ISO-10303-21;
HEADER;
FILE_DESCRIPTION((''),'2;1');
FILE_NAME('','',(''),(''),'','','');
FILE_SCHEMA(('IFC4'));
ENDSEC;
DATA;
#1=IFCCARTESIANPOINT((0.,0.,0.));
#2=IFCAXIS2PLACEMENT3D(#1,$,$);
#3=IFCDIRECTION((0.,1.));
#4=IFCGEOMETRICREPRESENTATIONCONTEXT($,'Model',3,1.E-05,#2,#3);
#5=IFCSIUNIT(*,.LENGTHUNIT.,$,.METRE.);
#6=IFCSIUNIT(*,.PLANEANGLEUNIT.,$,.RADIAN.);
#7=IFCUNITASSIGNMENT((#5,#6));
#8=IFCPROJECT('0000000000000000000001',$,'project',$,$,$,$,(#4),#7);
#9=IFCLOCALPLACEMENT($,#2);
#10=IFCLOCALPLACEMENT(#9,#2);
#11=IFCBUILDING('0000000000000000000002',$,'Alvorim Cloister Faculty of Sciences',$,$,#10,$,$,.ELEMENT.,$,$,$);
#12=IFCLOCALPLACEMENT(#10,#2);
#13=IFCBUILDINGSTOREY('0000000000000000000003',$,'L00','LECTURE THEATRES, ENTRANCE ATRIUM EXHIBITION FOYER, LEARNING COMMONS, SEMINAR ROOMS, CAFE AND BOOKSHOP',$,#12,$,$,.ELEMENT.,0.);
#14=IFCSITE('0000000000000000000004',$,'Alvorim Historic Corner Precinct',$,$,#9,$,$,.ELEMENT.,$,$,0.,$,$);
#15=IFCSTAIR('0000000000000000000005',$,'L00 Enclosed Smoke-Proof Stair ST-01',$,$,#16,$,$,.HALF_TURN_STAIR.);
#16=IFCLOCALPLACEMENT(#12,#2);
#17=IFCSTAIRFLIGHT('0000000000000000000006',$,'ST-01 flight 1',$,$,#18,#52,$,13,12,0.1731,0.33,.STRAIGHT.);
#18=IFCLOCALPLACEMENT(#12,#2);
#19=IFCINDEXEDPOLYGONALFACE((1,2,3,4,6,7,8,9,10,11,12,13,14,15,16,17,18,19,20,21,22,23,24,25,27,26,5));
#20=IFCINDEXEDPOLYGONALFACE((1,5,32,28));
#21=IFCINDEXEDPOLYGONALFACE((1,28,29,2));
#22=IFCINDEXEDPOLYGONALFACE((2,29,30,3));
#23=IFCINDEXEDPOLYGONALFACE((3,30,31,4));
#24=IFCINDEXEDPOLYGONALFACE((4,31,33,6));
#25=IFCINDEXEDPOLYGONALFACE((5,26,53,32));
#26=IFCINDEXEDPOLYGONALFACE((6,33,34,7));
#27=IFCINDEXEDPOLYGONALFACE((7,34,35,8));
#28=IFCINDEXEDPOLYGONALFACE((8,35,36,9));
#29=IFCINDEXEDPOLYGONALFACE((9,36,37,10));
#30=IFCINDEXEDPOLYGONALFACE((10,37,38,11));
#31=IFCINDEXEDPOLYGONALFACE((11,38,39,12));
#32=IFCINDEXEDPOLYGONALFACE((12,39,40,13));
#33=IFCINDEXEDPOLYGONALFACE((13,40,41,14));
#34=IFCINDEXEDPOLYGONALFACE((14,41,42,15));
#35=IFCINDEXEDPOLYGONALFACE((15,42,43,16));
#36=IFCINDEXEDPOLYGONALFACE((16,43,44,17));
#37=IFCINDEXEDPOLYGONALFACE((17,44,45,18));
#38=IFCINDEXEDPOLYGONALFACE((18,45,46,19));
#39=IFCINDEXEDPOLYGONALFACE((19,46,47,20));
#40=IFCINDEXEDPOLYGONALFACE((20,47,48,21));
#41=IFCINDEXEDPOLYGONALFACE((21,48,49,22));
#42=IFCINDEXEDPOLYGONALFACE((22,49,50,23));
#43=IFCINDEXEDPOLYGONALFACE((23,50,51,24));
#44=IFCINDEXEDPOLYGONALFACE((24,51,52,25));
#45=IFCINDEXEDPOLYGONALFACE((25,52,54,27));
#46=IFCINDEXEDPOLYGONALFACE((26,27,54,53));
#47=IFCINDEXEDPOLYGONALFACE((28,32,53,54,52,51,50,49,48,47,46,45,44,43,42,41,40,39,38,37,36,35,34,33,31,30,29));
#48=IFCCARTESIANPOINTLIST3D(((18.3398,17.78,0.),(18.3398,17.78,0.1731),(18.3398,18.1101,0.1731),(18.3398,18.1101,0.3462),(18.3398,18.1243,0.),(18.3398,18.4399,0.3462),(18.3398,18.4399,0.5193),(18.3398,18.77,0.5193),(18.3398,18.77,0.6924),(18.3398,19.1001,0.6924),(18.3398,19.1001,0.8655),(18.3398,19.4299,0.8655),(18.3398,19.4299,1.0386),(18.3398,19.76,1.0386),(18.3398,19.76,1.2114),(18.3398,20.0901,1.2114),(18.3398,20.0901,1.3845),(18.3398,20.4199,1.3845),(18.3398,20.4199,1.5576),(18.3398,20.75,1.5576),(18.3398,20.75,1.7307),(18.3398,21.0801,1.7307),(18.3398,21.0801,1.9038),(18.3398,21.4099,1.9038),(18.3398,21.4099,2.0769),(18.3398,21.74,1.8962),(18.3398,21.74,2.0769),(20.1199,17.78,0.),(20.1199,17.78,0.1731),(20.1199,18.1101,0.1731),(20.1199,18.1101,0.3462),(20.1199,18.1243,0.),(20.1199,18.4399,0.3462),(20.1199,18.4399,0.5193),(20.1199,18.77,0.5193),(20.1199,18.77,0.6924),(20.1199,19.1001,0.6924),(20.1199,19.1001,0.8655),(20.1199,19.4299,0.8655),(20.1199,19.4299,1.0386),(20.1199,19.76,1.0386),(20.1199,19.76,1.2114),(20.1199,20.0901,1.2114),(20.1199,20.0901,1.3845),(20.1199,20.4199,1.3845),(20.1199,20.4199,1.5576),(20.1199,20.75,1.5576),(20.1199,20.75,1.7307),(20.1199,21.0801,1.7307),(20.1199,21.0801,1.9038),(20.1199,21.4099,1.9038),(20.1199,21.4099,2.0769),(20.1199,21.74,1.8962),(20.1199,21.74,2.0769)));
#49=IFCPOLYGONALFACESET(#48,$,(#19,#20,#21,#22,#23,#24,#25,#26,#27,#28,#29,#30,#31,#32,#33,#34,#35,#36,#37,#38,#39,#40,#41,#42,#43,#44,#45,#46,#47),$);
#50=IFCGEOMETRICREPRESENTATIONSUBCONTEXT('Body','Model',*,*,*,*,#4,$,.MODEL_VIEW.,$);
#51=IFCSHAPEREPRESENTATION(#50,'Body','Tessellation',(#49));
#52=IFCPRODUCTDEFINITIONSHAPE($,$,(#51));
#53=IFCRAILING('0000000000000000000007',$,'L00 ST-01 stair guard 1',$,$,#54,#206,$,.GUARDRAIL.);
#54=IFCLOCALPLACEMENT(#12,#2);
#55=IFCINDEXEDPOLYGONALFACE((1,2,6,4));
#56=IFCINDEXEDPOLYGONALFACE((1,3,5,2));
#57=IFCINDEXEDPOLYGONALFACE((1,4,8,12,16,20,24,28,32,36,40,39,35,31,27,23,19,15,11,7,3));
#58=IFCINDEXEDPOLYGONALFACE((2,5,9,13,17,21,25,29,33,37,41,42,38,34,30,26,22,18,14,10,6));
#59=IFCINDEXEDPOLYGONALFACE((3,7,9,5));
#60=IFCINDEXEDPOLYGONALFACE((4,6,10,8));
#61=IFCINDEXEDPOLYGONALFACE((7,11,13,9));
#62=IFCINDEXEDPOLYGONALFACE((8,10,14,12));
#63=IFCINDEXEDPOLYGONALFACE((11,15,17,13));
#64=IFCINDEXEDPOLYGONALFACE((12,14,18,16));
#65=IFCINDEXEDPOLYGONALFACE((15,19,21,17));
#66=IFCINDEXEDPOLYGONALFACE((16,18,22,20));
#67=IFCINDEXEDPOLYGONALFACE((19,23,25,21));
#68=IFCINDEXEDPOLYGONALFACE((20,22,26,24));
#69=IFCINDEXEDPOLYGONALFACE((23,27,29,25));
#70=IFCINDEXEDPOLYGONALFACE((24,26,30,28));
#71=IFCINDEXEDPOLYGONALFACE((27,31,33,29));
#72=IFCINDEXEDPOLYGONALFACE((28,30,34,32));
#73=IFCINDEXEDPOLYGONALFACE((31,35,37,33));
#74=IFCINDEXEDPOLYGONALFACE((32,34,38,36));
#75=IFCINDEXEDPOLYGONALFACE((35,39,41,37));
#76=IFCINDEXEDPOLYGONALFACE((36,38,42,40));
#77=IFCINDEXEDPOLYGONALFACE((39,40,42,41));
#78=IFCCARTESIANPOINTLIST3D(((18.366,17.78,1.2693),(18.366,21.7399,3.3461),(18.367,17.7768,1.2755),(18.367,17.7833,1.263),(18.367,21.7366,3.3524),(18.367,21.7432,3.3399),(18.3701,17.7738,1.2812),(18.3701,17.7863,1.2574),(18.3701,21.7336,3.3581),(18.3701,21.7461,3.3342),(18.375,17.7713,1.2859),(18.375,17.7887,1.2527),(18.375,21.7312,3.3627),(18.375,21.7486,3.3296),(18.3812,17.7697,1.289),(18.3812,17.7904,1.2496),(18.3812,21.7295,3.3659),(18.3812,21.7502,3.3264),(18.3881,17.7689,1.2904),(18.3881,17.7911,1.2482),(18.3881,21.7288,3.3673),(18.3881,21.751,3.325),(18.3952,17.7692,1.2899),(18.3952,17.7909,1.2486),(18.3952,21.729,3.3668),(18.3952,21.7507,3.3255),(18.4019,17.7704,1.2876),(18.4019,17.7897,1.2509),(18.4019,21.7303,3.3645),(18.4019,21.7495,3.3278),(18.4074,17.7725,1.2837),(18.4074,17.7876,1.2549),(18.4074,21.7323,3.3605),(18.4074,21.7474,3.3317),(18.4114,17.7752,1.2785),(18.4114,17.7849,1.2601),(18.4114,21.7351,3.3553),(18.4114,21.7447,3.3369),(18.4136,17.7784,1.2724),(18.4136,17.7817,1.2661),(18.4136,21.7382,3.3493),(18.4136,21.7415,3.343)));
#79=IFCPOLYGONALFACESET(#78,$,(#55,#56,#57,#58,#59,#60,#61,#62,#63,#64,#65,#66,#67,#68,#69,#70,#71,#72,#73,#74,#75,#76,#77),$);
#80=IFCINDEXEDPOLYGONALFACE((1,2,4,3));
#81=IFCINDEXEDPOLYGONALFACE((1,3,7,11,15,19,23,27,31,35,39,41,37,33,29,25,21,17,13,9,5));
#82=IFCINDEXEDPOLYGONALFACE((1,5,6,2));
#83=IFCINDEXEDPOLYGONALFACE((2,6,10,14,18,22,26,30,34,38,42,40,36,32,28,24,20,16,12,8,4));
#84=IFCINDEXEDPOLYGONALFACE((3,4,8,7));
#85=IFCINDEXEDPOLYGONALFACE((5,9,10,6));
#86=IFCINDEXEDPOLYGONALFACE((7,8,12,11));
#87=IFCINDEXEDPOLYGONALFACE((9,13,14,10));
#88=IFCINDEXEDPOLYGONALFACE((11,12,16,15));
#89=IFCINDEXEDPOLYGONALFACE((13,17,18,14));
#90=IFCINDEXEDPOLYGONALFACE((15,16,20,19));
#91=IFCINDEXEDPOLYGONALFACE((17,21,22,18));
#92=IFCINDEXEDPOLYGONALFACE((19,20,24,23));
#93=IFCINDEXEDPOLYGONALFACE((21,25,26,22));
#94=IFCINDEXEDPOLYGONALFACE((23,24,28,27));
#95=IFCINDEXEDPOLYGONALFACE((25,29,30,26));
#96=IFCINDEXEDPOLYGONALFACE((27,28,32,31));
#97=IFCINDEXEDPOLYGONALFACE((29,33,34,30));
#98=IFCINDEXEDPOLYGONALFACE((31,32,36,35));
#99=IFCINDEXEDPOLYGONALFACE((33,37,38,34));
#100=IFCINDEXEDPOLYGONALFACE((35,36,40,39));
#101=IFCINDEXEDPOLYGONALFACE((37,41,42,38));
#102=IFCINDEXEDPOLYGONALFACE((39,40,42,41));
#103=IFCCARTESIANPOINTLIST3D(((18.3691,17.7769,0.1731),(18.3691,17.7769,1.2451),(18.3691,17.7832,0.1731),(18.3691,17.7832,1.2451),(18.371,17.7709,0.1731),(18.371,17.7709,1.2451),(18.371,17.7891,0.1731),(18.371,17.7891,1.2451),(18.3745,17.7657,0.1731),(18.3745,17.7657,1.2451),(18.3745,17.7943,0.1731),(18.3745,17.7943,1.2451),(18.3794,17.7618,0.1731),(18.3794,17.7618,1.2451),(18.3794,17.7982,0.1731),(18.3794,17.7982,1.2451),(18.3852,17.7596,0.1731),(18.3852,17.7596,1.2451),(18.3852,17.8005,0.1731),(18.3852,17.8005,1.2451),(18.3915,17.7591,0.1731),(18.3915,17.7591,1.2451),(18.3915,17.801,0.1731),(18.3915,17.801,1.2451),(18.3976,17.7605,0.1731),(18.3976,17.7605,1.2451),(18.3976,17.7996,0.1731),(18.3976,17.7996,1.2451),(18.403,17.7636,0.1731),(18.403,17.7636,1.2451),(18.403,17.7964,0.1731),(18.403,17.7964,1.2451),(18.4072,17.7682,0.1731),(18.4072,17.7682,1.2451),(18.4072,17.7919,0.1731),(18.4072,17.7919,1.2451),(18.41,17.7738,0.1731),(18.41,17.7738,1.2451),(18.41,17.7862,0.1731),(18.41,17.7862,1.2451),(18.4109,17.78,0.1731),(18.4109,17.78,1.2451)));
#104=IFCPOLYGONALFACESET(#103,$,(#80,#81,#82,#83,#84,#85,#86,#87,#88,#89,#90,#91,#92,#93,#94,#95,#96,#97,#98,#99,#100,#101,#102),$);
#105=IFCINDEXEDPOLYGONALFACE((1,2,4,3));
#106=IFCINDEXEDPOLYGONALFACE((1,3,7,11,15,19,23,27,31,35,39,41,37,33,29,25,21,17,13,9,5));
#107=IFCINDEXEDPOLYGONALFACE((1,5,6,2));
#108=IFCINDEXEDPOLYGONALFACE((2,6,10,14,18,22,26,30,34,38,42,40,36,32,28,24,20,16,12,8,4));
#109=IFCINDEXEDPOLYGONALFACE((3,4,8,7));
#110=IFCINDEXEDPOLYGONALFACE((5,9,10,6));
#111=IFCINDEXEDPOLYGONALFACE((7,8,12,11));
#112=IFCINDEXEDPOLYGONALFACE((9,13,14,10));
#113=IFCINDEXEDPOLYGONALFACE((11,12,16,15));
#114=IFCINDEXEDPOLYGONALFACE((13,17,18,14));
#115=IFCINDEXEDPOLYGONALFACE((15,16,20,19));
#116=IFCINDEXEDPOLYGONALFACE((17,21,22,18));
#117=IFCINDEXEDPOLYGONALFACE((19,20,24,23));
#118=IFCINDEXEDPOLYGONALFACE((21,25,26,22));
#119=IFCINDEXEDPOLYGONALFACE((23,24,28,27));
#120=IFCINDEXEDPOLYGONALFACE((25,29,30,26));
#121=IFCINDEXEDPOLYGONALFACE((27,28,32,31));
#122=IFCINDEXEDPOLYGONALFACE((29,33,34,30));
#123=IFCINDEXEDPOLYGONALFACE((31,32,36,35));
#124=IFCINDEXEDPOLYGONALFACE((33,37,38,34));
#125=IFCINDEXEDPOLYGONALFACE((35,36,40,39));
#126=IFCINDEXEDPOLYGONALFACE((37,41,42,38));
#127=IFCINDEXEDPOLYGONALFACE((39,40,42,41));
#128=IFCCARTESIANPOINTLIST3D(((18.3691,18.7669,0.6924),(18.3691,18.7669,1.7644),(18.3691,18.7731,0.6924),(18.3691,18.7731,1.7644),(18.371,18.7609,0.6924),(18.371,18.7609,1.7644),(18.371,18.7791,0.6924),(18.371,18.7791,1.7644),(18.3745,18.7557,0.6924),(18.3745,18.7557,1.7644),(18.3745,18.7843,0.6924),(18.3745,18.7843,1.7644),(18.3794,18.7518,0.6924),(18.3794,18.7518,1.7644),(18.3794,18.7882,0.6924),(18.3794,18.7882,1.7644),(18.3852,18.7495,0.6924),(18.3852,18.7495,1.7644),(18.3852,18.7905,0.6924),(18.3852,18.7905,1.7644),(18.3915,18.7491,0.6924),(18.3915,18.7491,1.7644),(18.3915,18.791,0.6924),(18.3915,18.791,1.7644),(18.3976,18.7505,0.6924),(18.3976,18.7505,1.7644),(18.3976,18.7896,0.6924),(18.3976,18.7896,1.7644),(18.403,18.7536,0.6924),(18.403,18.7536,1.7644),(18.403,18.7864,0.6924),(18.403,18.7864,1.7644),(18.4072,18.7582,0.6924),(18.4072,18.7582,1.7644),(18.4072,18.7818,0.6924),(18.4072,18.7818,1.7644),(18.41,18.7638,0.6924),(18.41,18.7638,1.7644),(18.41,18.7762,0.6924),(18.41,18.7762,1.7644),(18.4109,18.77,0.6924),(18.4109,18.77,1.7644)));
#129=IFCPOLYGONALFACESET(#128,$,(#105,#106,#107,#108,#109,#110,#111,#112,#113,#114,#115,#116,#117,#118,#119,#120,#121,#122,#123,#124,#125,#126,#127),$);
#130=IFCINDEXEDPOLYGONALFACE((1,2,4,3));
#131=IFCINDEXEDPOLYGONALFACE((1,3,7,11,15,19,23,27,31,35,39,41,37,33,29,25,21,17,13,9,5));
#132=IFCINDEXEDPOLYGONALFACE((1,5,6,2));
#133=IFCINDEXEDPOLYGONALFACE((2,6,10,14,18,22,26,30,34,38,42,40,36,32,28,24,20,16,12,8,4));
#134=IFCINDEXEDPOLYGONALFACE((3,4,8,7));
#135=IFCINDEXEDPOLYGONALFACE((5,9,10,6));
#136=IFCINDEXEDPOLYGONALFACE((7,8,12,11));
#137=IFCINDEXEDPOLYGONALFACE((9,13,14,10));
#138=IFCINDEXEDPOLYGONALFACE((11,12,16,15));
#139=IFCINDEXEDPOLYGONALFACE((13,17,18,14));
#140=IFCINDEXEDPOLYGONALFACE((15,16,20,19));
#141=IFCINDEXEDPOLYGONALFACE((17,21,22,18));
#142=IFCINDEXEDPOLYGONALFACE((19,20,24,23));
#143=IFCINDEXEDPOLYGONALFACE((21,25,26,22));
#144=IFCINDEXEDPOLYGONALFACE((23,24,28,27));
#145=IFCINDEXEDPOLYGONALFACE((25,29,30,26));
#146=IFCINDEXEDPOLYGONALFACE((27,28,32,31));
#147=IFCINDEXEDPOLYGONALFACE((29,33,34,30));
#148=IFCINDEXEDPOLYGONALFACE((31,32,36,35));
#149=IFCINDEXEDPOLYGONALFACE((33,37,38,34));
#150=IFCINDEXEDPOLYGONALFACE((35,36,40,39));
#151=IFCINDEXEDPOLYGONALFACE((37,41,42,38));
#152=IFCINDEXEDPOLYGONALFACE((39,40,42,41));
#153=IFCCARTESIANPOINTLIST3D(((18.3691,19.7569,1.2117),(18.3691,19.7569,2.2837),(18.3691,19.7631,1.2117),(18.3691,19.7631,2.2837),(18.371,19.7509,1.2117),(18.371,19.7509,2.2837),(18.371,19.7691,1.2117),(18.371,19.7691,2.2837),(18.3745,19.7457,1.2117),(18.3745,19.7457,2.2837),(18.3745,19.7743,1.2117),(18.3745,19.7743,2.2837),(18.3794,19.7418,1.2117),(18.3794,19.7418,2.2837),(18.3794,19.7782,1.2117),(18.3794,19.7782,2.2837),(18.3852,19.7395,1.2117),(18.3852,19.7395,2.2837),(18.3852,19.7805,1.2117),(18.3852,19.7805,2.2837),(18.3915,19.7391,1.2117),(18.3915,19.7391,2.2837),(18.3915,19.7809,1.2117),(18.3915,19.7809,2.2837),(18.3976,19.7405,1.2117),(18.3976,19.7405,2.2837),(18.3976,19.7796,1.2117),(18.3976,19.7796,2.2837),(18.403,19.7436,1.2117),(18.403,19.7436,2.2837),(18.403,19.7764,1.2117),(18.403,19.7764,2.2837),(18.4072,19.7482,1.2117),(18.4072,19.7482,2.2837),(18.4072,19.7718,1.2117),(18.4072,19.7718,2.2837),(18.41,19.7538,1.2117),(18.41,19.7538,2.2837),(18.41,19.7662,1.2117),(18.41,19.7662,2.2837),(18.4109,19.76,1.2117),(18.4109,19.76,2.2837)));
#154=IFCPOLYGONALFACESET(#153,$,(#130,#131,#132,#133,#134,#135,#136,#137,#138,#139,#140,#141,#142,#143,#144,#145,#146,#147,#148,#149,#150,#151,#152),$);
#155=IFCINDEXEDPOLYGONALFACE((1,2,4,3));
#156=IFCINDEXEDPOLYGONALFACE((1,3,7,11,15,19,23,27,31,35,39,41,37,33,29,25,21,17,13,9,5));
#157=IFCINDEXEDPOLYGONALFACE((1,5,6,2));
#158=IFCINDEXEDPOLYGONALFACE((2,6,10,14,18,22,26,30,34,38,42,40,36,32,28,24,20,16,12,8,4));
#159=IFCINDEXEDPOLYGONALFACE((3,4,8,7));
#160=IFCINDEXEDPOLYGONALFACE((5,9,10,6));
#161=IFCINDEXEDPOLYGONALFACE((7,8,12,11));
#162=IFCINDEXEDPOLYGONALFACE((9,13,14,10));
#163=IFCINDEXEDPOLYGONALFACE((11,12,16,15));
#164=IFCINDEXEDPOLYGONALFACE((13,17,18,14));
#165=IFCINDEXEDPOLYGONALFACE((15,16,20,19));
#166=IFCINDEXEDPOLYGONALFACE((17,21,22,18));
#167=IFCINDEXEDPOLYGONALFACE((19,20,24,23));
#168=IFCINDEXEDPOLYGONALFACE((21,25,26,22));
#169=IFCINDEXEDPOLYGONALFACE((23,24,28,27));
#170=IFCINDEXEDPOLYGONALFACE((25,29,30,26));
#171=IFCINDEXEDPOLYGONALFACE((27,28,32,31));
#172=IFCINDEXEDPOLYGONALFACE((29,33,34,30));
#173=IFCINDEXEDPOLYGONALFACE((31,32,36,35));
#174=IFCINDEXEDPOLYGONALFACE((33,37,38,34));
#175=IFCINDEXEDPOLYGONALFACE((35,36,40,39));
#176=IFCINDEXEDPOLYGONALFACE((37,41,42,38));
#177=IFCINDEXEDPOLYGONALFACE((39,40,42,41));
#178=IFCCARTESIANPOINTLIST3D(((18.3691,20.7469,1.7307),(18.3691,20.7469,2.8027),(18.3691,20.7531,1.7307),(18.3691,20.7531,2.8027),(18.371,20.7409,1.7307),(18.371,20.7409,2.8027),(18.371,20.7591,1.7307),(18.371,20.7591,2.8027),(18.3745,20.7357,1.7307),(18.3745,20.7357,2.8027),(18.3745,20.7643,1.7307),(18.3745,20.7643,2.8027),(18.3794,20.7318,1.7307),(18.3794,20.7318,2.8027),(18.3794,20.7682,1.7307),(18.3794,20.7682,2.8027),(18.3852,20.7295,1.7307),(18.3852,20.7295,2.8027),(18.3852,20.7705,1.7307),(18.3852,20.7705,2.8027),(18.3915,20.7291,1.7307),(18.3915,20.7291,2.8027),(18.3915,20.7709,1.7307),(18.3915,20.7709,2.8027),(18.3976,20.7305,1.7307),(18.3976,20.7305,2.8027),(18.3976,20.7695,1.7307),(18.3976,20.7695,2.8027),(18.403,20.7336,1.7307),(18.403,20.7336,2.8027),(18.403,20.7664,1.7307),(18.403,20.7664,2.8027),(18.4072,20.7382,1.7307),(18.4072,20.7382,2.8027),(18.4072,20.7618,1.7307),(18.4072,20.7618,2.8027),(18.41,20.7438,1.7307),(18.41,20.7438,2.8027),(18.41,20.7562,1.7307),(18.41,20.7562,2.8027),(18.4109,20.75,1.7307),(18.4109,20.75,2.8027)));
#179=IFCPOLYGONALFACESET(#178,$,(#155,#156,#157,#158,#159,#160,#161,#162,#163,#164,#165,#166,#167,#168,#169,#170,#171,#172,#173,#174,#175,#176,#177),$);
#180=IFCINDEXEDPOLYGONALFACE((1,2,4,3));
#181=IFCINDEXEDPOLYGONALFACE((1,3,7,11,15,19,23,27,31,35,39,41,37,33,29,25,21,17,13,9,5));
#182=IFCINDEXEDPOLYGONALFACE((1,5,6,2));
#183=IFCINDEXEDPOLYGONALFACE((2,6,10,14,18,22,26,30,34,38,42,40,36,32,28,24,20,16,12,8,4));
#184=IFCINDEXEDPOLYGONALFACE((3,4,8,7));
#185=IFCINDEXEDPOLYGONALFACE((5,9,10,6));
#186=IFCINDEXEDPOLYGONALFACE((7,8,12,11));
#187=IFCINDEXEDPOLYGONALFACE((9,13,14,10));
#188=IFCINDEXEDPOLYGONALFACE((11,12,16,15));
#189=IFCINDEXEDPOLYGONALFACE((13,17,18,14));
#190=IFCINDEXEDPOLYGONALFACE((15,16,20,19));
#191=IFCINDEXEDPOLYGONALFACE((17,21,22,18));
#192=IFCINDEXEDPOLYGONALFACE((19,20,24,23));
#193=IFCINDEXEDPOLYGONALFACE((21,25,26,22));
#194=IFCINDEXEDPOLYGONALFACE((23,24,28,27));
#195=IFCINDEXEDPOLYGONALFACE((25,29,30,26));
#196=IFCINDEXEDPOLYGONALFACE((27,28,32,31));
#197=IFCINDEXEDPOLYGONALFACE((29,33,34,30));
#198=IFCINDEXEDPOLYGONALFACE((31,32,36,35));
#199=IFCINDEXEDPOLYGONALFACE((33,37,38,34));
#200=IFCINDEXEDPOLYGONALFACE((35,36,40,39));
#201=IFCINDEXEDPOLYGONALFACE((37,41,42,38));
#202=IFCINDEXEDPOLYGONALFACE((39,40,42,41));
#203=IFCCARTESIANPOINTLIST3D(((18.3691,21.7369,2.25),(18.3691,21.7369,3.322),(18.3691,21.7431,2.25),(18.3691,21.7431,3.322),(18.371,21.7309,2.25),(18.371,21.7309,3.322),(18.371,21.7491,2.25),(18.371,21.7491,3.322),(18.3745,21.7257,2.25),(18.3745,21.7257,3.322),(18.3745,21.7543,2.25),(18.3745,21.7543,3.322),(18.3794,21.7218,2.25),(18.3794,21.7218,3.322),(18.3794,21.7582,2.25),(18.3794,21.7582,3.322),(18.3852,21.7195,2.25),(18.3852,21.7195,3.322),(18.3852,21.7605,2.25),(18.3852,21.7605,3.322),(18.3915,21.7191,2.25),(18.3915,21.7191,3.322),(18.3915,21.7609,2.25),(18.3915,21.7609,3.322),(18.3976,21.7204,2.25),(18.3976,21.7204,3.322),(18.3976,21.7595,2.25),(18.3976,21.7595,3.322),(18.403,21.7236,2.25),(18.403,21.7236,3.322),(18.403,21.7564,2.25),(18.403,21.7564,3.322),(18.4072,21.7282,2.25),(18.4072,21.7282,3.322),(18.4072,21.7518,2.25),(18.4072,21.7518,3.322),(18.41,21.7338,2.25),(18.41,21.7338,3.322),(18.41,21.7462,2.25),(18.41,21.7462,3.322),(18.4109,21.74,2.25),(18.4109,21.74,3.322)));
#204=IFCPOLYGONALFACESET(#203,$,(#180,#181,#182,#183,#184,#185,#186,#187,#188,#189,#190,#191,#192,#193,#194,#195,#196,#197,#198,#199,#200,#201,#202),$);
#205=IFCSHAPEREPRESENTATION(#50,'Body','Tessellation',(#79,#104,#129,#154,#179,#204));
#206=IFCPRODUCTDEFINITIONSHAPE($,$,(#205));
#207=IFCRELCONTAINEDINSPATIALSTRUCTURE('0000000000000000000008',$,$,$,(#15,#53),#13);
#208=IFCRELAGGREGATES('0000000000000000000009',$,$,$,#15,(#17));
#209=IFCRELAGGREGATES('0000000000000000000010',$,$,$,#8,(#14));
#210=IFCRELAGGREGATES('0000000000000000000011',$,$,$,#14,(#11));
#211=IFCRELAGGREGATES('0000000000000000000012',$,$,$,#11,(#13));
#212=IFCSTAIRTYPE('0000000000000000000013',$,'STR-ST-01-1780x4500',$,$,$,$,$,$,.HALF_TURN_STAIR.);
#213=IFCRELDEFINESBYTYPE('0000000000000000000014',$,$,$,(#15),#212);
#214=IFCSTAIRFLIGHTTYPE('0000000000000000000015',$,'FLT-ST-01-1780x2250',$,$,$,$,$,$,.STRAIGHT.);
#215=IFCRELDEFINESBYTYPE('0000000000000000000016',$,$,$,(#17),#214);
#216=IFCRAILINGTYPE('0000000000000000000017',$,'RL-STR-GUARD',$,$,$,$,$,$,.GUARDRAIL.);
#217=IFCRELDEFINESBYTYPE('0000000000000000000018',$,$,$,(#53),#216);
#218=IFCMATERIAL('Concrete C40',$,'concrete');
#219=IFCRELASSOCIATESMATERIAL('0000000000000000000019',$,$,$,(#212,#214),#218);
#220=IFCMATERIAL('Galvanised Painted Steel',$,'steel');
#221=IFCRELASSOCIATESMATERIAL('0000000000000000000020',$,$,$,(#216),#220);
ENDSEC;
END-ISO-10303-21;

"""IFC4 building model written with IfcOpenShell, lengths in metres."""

from ifc_helpers import new_model, si_unit, direction, frame, origin, origin_2d, place, context, subcontext, project, spatial, polyline, circle, outline, extrude, material, type_object, element, aggregate, save


model = new_model("IFC4")

# Units and contexts
model_context = context("Model", 3, precision=1e-05, world=origin(), true_north=direction((0.0, 1.0)))
body_context = subcontext(model_context, "Body", "Model", "MODEL_VIEW")
ifc_project = project(units=[si_unit("LENGTHUNIT", "METRE"), si_unit("PLANEANGLEUNIT", "RADIAN")], contexts=[model_context])

# Site, building, storey
site_placement = place(None, origin())
site = spatial("IfcSite", under=ifc_project, at=site_placement, Name="Alvorim Historic Corner Precinct", CompositionType="ELEMENT", RefElevation=0.0)
building_placement = place(site_placement, origin())
building = spatial("IfcBuilding", under=site, at=building_placement, Name="Alvorim Cloister Faculty of Sciences", CompositionType="ELEMENT")
storey_placement = place(building_placement, origin())
storey = spatial("IfcBuildingStorey", under=building, at=storey_placement, Name="L00", Description="LECTURE THEATRES, ENTRANCE ATRIUM EXHIBITION FOYER, LEARNING COMMONS, SEMINAR ROOMS, CAFE AND BOOKSHOP", CompositionType="ELEMENT", Elevation=0.0)

# Shared definitions
ifc_material_1 = material(Name="Concrete C40", Category="concrete")

# Stair, stair flight
stair_type = type_object("IfcStairType", Name="STR-ST-01-1780x4500", PredefinedType="HALF_TURN_STAIR", material=ifc_material_1)
stair_placement = place(storey_placement, origin())
stair = element("IfcStair", 1, at=stair_placement, inside=storey, type_object=stair_type, Name="L00 Enclosed Smoke-Proof Stair ST-01", PredefinedType="HALF_TURN_STAIR")
stair_flight_type = type_object("IfcStairFlightType", Name="FLT-ST-01-1780x2250", PredefinedType="STRAIGHT", material=ifc_material_1)
stair_flight_placement = place(storey_placement, frame((19.23, 17.78, 0.0), z_axis=(0.0, 0.0, 1.0), x_axis=(0.0, 1.0, 0.0)))
stair_flight = element("IfcStairFlight", 2, at=stair_flight_placement, type_object=stair_flight_type, Name="ST-01 flight 1", NumberOfRisers=13, NumberOfTreads=12, PredefinedType="STRAIGHT", RiserHeight=0.1731, TreadLength=0.33, context=body_context, shape_type="SweptSolid", body=[
    extrude(outline(polyline([(0.3442, 0.0), (3.96, 1.8962), (3.96, 2.25), (3.96, 2.0769), (3.6299, 2.0769), (3.6299, 1.9038), (3.3, 1.9038), (3.3, 1.7307), (2.97, 1.7307), (2.97, 1.5576), (2.6399, 1.5576), (2.6399, 1.3845), (2.3101, 1.3845), (2.3101, 1.2114), (1.98, 1.2114), (1.98, 1.0386), (1.6499, 1.0386), (1.6499, 0.8655), (1.3201, 0.8655), (1.3201, 0.6924), (0.99, 0.6924), (0.99, 0.5193), (0.6599, 0.5193), (0.6599, 0.3462), (0.3301, 0.3462), (0.3301, 0.1731), (0.0, 0.1731), (0.0, 0.0), (0.3442, 0.0)])), frame((0.0, 0.8901, 0.0), z_axis=(0.0, -1.0, 0.0), x_axis=(1.0, 0.0, 0.0)), (0.0, 0.0, 1.0), 1.78),
])
aggregate(stair, [stair_flight])

# Railing
ifc_material_2 = material(Name="Galvanised Painted Steel", Category="steel")
railing_type_1 = type_object("IfcRailingType", Name="RL-STR-GUARD", PredefinedType="GUARDRAIL", material=ifc_material_2)
railing_1_placement = place(storey_placement, frame((18.3899, 17.78, 0.1731)))
element("IfcRailing", 3, at=railing_1_placement, inside=storey, type_object=railing_type_1, Name="L00 ST-01 stair guard 1", PredefinedType="GUARDRAIL", context=body_context, shape_type="SweptSolid", body=[
    extrude(circle(Radius=0.0239, at=origin_2d()), frame((0.0, 0.0, 1.0962), z_axis=(0.0, 0.885589, 0.46447), x_axis=(-1.0, 0.0, 0.0)), (0.0, 0.0, 1.0), 4.4714),
    extrude(circle(Radius=0.021, at=origin_2d()), origin(), (0.0, 0.0, 1.0), 1.072),
    extrude(circle(Radius=0.021, at=origin_2d()), frame((0.0, 0.99, 0.5193)), (0.0, 0.0, 1.0), 1.072),
    extrude(circle(Radius=0.021, at=origin_2d()), frame((0.0, 1.98, 1.0386)), (0.0, 0.0, 1.0), 1.072),
    extrude(circle(Radius=0.021, at=origin_2d()), frame((0.0, 2.97, 1.5576)), (0.0, 0.0, 1.0), 1.072),
    extrude(circle(Radius=0.021, at=origin_2d()), frame((0.0, 3.96, 2.0769)), (0.0, 0.0, 1.0), 1.072),
])

save(model, "model.ifc")
